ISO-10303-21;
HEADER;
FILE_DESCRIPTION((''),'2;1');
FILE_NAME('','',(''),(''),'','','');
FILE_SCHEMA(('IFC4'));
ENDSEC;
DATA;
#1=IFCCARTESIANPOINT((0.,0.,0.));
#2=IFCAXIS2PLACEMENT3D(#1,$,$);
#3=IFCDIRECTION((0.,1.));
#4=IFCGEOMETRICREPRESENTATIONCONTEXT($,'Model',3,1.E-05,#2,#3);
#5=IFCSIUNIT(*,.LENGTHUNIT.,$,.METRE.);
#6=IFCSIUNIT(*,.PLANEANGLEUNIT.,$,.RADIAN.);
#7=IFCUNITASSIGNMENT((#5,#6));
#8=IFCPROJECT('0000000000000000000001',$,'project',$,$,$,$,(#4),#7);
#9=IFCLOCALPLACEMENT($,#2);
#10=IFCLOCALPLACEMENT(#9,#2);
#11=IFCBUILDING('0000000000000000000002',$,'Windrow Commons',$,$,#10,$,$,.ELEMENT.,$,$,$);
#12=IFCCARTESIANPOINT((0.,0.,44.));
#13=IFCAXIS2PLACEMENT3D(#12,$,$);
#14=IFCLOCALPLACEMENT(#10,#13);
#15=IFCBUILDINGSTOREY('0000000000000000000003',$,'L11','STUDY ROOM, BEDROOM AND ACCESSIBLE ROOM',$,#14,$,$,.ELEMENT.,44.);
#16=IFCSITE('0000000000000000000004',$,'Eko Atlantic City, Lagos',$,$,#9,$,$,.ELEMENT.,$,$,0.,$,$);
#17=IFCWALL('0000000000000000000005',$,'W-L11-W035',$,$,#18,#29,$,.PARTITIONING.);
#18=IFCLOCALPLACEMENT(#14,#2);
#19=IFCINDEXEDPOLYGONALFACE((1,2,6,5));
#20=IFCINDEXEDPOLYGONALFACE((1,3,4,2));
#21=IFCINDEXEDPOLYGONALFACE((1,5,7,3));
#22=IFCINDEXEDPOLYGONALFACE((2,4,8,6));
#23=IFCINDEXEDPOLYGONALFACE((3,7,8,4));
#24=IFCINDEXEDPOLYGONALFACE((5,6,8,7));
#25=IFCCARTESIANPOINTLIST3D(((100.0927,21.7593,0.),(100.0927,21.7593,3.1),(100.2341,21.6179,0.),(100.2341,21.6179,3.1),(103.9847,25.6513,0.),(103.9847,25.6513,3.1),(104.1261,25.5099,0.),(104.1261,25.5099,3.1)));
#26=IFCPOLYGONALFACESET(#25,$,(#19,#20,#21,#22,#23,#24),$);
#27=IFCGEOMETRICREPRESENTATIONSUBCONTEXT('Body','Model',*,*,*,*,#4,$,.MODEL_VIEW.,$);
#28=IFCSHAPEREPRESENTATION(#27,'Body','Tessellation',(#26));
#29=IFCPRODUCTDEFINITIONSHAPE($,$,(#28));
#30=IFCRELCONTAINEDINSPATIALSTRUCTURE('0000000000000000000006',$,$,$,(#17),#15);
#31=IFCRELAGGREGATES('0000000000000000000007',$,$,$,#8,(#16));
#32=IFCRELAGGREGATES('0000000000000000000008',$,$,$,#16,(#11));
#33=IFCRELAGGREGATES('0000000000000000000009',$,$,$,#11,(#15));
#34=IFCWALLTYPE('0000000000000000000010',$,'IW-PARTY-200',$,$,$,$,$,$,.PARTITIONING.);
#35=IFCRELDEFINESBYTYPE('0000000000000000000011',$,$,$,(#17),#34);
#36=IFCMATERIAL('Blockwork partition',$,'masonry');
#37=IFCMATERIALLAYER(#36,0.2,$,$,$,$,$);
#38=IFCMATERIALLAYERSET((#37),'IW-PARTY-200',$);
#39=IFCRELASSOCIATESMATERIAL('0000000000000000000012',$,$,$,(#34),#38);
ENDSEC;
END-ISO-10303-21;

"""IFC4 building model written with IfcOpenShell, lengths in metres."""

from ifc_helpers import new_model, si_unit, direction, frame, frame_2d, origin, place, context, subcontext, project, spatial, rectangle, extrude, material, layer, layer_set, type_object, element, save


model = new_model("IFC4")

# Units and contexts
model_context = context("Model", 3, precision=1e-05, world=origin(), true_north=direction((0.0, 1.0)))
body_context = subcontext(model_context, "Body", "Model", "MODEL_VIEW")
ifc_project = project(units=[si_unit("LENGTHUNIT", "METRE"), si_unit("PLANEANGLEUNIT", "RADIAN")], contexts=[model_context])

# Site, building, storey
site_placement = place(None, origin())
site = spatial("IfcSite", under=ifc_project, at=site_placement, Name="Eko Atlantic City, Lagos", CompositionType="ELEMENT", RefElevation=0.0)
building_placement = place(site_placement, origin())
building = spatial("IfcBuilding", under=site, at=building_placement, Name="Windrow Commons", CompositionType="ELEMENT")
storey_placement = place(building_placement, frame((0.0, 0.0, 44.0)))
storey = spatial("IfcBuildingStorey", under=building, at=storey_placement, Name="L11", Description="STUDY ROOM, BEDROOM AND ACCESSIBLE ROOM", CompositionType="ELEMENT", Elevation=44.0)

# Wall
ifc_material_1 = material(Name="Blockwork partition", Category="masonry")
ifc_layer_1 = layer(ifc_material_1, 0.2)
ifc_layer_set_1 = layer_set([ifc_layer_1], Name="IW-PARTY-200")
wall_type_1 = type_object("IfcWallType", Name="IW-PARTY-200", PredefinedType="PARTITIONING", material=ifc_layer_set_1)
wall_1_placement = place(storey_placement, frame((100.1634, 21.6886, 0.0), z_axis=(0.0, 0.0, 1.0), x_axis=(0.707107, 0.707107, 0.0)))
element("IfcWall", 1, at=wall_1_placement, inside=storey, type_object=wall_type_1, Name="W-L11-W035", PredefinedType="PARTITIONING", context=body_context, shape_type="SweptSolid", body=[
    extrude(rectangle(XDim=5.5041, YDim=0.2, at=frame_2d((2.7521, 0.0))), origin(), (0.0, 0.0, 1.0), 3.1),
])

save(model, "model.ifc")
